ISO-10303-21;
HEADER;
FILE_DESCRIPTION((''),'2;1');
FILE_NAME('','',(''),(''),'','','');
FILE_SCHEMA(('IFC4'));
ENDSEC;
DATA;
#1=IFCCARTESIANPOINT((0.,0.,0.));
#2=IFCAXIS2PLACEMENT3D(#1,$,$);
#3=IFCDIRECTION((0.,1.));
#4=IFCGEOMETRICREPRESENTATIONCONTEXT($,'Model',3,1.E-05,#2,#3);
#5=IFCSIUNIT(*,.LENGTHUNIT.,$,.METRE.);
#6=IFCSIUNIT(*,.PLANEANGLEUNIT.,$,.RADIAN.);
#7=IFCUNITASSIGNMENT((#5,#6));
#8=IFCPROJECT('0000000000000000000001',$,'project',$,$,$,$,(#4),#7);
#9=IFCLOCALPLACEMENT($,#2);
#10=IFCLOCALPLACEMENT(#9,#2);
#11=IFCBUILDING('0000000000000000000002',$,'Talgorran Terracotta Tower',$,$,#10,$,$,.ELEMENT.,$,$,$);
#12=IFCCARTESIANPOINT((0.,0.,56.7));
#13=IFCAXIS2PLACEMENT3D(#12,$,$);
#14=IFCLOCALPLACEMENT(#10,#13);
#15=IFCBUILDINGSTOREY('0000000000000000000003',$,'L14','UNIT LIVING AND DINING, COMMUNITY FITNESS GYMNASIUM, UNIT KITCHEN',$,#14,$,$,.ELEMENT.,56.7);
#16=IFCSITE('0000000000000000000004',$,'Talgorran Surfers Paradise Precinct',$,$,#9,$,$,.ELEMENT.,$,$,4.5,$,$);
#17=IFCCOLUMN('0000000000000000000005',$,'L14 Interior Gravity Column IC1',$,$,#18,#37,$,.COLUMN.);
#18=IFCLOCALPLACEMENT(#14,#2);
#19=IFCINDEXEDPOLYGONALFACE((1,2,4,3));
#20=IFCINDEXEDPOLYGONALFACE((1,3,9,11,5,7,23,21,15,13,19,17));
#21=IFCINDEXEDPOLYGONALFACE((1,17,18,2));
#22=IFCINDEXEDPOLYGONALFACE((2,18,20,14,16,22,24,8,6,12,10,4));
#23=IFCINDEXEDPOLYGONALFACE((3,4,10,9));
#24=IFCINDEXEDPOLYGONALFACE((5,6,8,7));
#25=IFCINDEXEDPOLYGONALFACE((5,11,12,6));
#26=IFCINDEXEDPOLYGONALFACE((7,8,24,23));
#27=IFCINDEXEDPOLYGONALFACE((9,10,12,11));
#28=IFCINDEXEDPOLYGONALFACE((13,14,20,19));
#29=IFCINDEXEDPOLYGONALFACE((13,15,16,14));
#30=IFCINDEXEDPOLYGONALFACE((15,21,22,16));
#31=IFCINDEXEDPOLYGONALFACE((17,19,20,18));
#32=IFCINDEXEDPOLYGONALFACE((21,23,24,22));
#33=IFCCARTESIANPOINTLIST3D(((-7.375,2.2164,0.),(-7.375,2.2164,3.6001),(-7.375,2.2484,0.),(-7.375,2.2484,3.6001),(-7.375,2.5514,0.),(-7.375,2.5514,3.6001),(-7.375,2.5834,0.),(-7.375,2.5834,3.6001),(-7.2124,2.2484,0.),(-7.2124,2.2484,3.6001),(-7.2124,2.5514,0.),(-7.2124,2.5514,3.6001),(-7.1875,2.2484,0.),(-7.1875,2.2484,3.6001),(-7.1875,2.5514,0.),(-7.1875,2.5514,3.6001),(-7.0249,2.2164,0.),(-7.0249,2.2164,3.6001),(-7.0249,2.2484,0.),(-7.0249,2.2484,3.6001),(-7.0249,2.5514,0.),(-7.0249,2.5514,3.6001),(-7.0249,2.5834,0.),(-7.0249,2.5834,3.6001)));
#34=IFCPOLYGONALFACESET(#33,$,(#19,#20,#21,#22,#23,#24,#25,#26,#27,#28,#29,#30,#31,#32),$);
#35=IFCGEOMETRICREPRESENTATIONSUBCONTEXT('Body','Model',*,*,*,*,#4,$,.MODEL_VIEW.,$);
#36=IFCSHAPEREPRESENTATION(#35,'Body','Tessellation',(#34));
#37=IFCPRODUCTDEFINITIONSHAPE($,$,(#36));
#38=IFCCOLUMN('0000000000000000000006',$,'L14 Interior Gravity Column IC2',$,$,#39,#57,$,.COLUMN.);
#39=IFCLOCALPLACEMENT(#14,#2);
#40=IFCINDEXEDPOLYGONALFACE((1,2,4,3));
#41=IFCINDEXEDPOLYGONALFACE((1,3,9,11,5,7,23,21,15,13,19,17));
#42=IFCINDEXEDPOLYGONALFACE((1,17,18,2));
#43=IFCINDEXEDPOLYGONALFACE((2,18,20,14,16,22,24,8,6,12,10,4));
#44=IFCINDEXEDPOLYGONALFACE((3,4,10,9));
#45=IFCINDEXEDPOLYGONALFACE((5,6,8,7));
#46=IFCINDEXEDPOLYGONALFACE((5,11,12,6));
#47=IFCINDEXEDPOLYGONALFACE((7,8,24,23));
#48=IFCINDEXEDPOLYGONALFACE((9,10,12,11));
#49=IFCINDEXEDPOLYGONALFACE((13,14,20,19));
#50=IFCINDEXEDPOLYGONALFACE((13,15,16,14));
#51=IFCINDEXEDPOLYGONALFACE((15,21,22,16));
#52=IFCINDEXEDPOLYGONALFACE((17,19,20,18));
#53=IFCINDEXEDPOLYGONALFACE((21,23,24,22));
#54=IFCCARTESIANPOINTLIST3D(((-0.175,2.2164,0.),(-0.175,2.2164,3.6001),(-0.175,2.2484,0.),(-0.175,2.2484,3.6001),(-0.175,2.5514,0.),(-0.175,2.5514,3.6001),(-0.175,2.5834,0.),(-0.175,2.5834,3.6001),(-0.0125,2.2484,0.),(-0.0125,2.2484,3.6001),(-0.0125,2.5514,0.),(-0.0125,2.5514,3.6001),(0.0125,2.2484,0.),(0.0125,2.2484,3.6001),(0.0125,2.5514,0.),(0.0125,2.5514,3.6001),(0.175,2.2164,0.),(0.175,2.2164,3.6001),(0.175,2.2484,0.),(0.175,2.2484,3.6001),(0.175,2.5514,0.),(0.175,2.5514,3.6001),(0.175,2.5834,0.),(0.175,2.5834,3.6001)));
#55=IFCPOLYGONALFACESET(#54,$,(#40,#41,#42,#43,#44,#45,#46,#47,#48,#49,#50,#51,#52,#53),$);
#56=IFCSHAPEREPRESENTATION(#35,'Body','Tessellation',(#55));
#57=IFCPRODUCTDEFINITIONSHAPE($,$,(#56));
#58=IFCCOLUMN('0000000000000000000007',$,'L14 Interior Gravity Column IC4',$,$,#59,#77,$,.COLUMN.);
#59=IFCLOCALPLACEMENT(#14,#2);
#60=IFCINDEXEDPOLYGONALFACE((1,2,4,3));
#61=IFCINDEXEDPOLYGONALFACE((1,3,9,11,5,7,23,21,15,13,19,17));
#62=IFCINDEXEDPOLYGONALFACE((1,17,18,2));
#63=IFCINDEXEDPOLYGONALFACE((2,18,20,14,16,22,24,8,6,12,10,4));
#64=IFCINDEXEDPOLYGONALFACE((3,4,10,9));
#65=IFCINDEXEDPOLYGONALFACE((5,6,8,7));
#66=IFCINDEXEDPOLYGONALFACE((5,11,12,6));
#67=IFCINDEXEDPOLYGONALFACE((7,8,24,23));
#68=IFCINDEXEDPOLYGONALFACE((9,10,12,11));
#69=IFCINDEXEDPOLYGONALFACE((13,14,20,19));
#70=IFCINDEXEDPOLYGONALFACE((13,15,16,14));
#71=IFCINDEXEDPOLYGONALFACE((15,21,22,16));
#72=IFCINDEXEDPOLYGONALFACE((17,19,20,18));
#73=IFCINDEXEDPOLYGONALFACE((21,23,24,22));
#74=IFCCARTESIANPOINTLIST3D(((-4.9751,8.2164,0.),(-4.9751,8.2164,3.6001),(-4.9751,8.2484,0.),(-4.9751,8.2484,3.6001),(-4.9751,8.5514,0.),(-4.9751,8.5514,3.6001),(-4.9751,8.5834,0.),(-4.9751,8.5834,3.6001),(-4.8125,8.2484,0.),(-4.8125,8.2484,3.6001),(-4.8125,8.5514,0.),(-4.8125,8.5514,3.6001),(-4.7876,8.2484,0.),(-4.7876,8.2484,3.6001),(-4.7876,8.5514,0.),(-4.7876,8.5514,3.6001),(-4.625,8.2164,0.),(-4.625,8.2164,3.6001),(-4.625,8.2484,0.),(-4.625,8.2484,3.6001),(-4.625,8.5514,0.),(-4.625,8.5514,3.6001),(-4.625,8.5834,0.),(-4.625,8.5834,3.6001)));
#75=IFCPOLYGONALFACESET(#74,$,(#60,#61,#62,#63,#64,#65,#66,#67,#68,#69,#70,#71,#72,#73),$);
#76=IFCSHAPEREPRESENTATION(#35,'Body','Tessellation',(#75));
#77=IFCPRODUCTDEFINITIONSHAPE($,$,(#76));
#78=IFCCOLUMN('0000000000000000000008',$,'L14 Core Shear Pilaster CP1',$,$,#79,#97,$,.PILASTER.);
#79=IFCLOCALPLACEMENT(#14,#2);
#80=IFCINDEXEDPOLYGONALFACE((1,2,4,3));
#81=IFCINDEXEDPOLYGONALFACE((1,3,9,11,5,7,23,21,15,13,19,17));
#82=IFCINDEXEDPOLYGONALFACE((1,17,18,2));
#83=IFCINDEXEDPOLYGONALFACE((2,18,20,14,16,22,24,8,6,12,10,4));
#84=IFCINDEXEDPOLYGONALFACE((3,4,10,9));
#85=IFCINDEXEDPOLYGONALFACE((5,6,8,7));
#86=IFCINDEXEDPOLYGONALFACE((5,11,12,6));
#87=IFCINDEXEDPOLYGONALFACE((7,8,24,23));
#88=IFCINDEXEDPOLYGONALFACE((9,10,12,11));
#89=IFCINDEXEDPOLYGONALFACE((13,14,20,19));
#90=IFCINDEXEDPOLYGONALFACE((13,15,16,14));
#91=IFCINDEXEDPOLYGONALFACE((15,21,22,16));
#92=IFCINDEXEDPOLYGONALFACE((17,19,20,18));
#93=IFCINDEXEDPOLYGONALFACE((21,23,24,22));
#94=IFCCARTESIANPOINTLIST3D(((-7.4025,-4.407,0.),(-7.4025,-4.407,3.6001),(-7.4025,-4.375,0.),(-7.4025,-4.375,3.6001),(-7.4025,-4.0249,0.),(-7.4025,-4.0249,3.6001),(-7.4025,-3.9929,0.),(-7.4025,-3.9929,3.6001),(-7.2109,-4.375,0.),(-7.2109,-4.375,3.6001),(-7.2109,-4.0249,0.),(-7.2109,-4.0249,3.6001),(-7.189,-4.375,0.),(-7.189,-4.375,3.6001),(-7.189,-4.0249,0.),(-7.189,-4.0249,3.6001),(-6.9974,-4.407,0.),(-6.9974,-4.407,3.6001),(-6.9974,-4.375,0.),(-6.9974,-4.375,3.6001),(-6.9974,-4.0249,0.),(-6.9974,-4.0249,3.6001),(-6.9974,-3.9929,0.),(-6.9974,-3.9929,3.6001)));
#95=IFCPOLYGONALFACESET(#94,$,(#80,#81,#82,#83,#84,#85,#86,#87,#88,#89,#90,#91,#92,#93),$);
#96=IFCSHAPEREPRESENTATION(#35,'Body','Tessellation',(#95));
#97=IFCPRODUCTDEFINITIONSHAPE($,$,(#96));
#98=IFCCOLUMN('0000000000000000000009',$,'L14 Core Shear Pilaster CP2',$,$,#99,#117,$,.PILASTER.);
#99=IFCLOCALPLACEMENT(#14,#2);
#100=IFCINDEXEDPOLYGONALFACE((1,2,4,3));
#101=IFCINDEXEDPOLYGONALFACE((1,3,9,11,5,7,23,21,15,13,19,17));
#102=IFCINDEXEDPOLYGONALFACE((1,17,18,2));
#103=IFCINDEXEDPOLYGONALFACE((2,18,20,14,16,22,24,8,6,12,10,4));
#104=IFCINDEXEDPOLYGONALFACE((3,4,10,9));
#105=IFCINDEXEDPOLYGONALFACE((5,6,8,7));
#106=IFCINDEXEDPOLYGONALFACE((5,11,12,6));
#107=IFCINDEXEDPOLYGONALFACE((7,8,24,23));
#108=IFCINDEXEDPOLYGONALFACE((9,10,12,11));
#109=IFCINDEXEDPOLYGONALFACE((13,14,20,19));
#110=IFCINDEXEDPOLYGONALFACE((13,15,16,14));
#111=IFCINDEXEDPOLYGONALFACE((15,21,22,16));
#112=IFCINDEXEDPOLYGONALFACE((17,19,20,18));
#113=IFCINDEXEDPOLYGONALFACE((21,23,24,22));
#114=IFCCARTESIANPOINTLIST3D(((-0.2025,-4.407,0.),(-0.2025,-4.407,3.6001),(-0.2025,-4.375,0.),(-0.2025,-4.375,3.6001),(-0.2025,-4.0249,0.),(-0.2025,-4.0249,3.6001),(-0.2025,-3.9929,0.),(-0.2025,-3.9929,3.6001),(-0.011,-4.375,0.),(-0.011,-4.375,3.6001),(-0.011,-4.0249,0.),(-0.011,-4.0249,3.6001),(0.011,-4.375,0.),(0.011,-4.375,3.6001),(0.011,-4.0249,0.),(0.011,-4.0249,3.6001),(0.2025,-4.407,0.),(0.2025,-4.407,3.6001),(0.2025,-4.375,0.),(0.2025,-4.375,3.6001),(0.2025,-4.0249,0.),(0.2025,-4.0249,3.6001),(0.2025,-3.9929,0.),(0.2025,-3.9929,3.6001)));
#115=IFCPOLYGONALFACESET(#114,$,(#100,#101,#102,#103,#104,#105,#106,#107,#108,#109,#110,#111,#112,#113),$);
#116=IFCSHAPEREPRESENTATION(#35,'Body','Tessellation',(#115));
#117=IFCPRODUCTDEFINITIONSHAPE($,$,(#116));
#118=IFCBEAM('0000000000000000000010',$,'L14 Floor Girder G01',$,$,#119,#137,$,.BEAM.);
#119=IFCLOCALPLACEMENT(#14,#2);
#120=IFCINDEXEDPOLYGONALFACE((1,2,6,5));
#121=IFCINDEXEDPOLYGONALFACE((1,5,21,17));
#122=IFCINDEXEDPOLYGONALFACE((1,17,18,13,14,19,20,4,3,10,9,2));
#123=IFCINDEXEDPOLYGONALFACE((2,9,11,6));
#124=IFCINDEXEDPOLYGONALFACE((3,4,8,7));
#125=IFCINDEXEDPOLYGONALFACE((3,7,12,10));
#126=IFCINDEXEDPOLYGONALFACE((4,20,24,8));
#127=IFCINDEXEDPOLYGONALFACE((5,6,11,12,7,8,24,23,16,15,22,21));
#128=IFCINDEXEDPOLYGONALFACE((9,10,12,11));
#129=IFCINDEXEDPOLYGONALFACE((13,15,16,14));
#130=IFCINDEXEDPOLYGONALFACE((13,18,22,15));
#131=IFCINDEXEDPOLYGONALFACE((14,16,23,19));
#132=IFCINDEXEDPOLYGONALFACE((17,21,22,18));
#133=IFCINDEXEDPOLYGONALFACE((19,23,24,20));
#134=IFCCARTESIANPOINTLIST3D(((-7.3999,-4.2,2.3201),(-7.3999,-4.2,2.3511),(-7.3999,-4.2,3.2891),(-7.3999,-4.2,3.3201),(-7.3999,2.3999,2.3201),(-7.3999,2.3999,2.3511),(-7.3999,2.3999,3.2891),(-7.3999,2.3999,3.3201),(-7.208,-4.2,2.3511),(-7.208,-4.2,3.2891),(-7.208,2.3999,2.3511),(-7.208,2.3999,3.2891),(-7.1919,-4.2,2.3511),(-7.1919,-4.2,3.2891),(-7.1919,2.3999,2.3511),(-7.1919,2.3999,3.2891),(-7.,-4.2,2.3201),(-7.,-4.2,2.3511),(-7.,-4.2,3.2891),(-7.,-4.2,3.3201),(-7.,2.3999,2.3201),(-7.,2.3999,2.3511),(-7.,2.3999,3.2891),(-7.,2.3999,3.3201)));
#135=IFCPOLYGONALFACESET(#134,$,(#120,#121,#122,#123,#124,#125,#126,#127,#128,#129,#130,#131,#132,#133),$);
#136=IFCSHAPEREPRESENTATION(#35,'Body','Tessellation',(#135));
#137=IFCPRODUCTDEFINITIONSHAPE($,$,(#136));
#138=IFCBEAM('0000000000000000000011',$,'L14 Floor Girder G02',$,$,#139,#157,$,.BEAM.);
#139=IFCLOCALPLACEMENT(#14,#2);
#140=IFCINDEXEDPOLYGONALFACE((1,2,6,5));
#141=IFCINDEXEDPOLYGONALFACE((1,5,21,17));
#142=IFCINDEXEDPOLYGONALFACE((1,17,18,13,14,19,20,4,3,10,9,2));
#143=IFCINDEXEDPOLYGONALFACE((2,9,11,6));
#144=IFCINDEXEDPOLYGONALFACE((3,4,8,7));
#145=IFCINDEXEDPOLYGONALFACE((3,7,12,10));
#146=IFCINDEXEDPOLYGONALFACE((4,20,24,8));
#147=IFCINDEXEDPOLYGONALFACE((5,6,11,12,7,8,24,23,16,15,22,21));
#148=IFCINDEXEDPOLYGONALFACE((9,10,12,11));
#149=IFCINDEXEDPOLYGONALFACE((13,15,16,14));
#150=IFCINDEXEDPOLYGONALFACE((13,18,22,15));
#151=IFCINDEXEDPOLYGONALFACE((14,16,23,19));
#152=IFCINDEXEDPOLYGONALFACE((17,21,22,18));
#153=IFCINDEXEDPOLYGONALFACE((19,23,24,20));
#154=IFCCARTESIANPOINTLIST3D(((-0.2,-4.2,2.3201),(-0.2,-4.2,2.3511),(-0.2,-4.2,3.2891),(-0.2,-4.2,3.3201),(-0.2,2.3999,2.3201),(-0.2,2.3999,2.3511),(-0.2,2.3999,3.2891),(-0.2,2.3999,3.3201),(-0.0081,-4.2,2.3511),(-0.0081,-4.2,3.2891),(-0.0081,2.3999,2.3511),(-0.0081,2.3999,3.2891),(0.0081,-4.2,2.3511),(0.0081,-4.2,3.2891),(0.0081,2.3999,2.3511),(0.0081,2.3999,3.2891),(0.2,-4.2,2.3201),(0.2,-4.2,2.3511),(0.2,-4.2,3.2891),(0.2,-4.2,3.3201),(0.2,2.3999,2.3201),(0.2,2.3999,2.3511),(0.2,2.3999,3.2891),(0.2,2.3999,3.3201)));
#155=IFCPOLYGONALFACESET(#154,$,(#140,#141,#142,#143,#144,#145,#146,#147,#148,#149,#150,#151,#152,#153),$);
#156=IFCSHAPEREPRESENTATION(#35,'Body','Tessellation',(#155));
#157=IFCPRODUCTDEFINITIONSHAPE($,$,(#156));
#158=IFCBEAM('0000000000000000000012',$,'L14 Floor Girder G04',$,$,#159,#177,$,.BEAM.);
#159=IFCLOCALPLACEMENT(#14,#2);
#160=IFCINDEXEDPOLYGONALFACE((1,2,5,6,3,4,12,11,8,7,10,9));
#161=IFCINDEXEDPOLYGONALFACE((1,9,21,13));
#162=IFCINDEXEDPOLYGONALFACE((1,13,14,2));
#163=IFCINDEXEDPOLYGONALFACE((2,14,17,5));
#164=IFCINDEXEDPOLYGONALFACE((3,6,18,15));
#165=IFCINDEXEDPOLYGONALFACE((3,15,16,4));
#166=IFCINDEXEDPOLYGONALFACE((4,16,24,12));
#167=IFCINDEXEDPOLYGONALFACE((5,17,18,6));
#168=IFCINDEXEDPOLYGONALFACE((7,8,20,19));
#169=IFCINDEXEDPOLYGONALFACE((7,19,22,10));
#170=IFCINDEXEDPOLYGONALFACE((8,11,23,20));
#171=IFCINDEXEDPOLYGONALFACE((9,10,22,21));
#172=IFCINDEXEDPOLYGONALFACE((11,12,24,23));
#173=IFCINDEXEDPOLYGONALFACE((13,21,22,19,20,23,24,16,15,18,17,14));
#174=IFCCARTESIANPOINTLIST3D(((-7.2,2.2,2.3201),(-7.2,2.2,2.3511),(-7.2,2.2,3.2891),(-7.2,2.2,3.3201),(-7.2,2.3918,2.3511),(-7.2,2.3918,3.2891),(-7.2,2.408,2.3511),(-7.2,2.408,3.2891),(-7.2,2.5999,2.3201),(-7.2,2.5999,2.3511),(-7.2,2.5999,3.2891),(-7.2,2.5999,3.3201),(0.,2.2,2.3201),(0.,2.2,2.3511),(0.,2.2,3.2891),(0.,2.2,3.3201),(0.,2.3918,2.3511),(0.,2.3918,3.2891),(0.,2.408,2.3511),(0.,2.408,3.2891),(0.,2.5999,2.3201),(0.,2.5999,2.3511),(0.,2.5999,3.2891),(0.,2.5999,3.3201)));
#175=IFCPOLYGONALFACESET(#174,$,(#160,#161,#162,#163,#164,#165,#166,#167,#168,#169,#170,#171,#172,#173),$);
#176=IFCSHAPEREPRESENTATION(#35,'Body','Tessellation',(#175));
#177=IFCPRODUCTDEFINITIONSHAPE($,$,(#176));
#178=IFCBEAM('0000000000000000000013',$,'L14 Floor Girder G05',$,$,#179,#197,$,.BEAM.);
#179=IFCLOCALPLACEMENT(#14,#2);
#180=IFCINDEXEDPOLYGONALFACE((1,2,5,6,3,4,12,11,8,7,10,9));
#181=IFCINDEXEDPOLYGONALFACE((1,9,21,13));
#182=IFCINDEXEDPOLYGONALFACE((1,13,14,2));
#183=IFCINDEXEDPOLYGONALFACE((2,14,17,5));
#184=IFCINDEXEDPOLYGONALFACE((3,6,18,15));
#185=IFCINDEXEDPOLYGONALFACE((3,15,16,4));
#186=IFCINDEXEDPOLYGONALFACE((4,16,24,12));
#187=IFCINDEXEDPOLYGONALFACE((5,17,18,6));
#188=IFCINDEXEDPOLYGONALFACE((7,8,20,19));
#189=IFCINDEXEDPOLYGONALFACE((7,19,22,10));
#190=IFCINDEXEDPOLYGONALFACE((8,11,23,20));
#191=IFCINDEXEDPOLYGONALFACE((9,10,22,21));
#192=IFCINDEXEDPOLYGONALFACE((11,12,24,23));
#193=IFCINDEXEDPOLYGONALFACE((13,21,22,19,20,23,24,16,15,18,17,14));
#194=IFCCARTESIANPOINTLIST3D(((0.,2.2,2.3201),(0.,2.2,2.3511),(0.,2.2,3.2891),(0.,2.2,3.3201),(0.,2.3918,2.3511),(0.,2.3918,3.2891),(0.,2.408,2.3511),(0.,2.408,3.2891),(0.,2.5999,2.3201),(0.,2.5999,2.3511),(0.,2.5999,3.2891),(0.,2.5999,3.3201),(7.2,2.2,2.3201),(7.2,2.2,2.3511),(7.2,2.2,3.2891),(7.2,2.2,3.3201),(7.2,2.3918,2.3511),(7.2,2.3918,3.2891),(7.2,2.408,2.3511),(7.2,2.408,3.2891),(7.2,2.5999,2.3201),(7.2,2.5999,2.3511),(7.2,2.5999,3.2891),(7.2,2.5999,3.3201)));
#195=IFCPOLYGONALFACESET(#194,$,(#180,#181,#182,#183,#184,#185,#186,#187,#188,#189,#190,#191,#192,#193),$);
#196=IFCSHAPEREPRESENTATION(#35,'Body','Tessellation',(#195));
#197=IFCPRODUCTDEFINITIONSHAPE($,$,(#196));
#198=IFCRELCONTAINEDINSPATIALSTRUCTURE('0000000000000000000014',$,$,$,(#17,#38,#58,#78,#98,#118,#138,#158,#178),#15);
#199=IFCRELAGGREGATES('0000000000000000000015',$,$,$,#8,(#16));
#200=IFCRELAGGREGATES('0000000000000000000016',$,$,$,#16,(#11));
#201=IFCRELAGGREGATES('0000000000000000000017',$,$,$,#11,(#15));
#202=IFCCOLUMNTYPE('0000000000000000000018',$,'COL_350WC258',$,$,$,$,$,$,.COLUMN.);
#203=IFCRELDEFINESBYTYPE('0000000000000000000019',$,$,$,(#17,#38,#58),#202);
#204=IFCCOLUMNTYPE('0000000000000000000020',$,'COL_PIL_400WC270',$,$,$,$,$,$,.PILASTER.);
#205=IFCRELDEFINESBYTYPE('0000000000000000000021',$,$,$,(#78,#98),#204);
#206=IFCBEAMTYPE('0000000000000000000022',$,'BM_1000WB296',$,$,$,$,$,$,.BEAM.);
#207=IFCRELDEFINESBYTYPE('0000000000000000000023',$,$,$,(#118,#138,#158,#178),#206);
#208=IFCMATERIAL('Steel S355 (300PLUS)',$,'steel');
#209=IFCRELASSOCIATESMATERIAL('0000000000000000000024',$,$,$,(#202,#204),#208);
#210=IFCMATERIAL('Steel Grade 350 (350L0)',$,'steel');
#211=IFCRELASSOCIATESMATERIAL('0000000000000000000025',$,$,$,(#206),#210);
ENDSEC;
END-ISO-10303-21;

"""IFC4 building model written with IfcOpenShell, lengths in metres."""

from ifc_helpers import new_model, si_unit, direction, frame, origin, origin_2d, place, context, subcontext, project, spatial, i_section, extrude, material, material_profile, profile_set, type_object, element, save


model = new_model("IFC4")

# Units and contexts
model_context = context("Model", 3, precision=1e-05, world=origin(), true_north=direction((0.0, 1.0)))
body_context = subcontext(model_context, "Body", "Model", "MODEL_VIEW")
ifc_project = project(units=[si_unit("LENGTHUNIT", "METRE"), si_unit("PLANEANGLEUNIT", "RADIAN")], contexts=[model_context])

# Site, building, storey
site_placement = place(None, origin())
site = spatial("IfcSite", under=ifc_project, at=site_placement, Name="Talgorran Surfers Paradise Precinct", CompositionType="ELEMENT", RefElevation=4.5)
building_placement = place(site_placement, origin())
building = spatial("IfcBuilding", under=site, at=building_placement, Name="Talgorran Terracotta Tower", CompositionType="ELEMENT")
storey_placement = place(building_placement, frame((0.0, 0.0, 56.7)))
storey = spatial("IfcBuildingStorey", under=building, at=storey_placement, Name="L14", Description="UNIT LIVING AND DINING, COMMUNITY FITNESS GYMNASIUM, UNIT KITCHEN", CompositionType="ELEMENT", Elevation=56.7)

# Columns
ifc_material_1 = material(Name="Steel S355 (300PLUS)", Category="steel")
ifc_material_profile_1 = material_profile(ifc_material_1, i_section(OverallWidth=0.3501, OverallDepth=0.3669, WebThickness=0.0249, FlangeThickness=0.032, at=origin_2d()), Name="350WC258")
ifc_profile_set_1 = profile_set([ifc_material_profile_1], Name="Steel S355 (300PLUS)")
column_type_1 = type_object("IfcColumnType", Name="COL_350WC258", PredefinedType="COLUMN", material=ifc_profile_set_1)
for number, where, z_axis, x_axis, name in (
    (1, (-7.2, 2.3999, 0.0), (0.0, 0.0, 1.0), (1.0, 0.0, 0.0), "L14 Interior Gravity Column IC1"),
    (2, (0.0, 2.3999, 0.0), (0.0, 0.0, 1.0), (1.0, 0.0, 0.0), "L14 Interior Gravity Column IC2"),
    (3, (-4.8, 8.3999, 0.0), (0.0, 0.0, 1.0), (1.0, 0.0, 0.0), "L14 Interior Gravity Column IC4"),
):
    element("IfcColumn", number, at=place(storey_placement, frame(where, z_axis=z_axis, x_axis=x_axis)), inside=storey, type_object=column_type_1, Name=name, PredefinedType="COLUMN", context=body_context, shape_type="SweptSolid", body=[
        extrude(i_section(OverallWidth=0.3501, OverallDepth=0.3669, WebThickness=0.0249, FlangeThickness=0.032, at=origin_2d()), origin(), (0.0, 0.0, 1.0), 3.6001),
    ])
ifc_material_profile_2 = material_profile(ifc_material_1, i_section(OverallWidth=0.405, OverallDepth=0.4141, WebThickness=0.022, FlangeThickness=0.032, at=origin_2d()), Name="400WC270")
ifc_profile_set_2 = profile_set([ifc_material_profile_2], Name="Steel S355 (300PLUS)")
column_type_2 = type_object("IfcColumnType", Name="COL_PIL_400WC270", PredefinedType="PILASTER", material=ifc_profile_set_2)
for number, where, z_axis, x_axis, name in (
    (4, (-7.2, -4.2, 0.0), (0.0, 0.0, 1.0), (1.0, 0.0, 0.0), "L14 Core Shear Pilaster CP1"),
    (5, (0.0, -4.2, 0.0), (0.0, 0.0, 1.0), (1.0, 0.0, 0.0), "L14 Core Shear Pilaster CP2"),
):
    element("IfcColumn", number, at=place(storey_placement, frame(where, z_axis=z_axis, x_axis=x_axis)), inside=storey, type_object=column_type_2, Name=name, PredefinedType="PILASTER", context=body_context, shape_type="SweptSolid", body=[
        extrude(i_section(OverallWidth=0.405, OverallDepth=0.4141, WebThickness=0.022, FlangeThickness=0.032, at=origin_2d()), origin(), (0.0, 0.0, 1.0), 3.6001),
    ])

# Beams
ifc_material_2 = material(Name="Steel Grade 350 (350L0)", Category="steel")
ifc_material_profile_3 = material_profile(ifc_material_2, i_section(OverallWidth=0.3999, OverallDepth=1.0, WebThickness=0.0161, FlangeThickness=0.031, at=origin_2d()), Name="1000WB296")
ifc_profile_set_3 = profile_set([ifc_material_profile_3], Name="Steel Grade 350 (350L0)")
beam_type_1 = type_object("IfcBeamType", Name="BM_1000WB296", PredefinedType="BEAM", material=ifc_profile_set_3)
for number, where, z_axis, x_axis, name in (
    (6, (-7.2, -4.2, 2.8201), (0.0, 1.0, 0.0), (-1.0, 0.0, 0.0), "L14 Floor Girder G01"),
    (7, (0.0, -4.2, 2.8201), (0.0, 1.0, 0.0), (-1.0, 0.0, 0.0), "L14 Floor Girder G02"),
):
    element("IfcBeam", number, at=place(storey_placement, frame(where, z_axis=z_axis, x_axis=x_axis)), inside=storey, type_object=beam_type_1, Name=name, PredefinedType="BEAM", context=body_context, shape_type="SweptSolid", body=[
        extrude(i_section(OverallWidth=0.3999, OverallDepth=1.0, WebThickness=0.0161, FlangeThickness=0.031, at=origin_2d()), origin(), (0.0, 0.0, 1.0), 6.5999),
    ])
for number, where, z_axis, x_axis, name in (
    (8, (-7.2, 2.3999, 2.8201), (1.0, 0.0, 0.0), (0.0, 1.0, 0.0), "L14 Floor Girder G04"),
    (9, (0.0, 2.3999, 2.8201), (1.0, 0.0, 0.0), (0.0, 1.0, 0.0), "L14 Floor Girder G05"),
):
    element("IfcBeam", number, at=place(storey_placement, frame(where, z_axis=z_axis, x_axis=x_axis)), inside=storey, type_object=beam_type_1, Name=name, PredefinedType="BEAM", context=body_context, shape_type="SweptSolid", body=[
        extrude(i_section(OverallWidth=0.3999, OverallDepth=1.0, WebThickness=0.0161, FlangeThickness=0.031, at=origin_2d()), origin(), (0.0, 0.0, 1.0), 7.2),
    ])

save(model, "model.ifc")
